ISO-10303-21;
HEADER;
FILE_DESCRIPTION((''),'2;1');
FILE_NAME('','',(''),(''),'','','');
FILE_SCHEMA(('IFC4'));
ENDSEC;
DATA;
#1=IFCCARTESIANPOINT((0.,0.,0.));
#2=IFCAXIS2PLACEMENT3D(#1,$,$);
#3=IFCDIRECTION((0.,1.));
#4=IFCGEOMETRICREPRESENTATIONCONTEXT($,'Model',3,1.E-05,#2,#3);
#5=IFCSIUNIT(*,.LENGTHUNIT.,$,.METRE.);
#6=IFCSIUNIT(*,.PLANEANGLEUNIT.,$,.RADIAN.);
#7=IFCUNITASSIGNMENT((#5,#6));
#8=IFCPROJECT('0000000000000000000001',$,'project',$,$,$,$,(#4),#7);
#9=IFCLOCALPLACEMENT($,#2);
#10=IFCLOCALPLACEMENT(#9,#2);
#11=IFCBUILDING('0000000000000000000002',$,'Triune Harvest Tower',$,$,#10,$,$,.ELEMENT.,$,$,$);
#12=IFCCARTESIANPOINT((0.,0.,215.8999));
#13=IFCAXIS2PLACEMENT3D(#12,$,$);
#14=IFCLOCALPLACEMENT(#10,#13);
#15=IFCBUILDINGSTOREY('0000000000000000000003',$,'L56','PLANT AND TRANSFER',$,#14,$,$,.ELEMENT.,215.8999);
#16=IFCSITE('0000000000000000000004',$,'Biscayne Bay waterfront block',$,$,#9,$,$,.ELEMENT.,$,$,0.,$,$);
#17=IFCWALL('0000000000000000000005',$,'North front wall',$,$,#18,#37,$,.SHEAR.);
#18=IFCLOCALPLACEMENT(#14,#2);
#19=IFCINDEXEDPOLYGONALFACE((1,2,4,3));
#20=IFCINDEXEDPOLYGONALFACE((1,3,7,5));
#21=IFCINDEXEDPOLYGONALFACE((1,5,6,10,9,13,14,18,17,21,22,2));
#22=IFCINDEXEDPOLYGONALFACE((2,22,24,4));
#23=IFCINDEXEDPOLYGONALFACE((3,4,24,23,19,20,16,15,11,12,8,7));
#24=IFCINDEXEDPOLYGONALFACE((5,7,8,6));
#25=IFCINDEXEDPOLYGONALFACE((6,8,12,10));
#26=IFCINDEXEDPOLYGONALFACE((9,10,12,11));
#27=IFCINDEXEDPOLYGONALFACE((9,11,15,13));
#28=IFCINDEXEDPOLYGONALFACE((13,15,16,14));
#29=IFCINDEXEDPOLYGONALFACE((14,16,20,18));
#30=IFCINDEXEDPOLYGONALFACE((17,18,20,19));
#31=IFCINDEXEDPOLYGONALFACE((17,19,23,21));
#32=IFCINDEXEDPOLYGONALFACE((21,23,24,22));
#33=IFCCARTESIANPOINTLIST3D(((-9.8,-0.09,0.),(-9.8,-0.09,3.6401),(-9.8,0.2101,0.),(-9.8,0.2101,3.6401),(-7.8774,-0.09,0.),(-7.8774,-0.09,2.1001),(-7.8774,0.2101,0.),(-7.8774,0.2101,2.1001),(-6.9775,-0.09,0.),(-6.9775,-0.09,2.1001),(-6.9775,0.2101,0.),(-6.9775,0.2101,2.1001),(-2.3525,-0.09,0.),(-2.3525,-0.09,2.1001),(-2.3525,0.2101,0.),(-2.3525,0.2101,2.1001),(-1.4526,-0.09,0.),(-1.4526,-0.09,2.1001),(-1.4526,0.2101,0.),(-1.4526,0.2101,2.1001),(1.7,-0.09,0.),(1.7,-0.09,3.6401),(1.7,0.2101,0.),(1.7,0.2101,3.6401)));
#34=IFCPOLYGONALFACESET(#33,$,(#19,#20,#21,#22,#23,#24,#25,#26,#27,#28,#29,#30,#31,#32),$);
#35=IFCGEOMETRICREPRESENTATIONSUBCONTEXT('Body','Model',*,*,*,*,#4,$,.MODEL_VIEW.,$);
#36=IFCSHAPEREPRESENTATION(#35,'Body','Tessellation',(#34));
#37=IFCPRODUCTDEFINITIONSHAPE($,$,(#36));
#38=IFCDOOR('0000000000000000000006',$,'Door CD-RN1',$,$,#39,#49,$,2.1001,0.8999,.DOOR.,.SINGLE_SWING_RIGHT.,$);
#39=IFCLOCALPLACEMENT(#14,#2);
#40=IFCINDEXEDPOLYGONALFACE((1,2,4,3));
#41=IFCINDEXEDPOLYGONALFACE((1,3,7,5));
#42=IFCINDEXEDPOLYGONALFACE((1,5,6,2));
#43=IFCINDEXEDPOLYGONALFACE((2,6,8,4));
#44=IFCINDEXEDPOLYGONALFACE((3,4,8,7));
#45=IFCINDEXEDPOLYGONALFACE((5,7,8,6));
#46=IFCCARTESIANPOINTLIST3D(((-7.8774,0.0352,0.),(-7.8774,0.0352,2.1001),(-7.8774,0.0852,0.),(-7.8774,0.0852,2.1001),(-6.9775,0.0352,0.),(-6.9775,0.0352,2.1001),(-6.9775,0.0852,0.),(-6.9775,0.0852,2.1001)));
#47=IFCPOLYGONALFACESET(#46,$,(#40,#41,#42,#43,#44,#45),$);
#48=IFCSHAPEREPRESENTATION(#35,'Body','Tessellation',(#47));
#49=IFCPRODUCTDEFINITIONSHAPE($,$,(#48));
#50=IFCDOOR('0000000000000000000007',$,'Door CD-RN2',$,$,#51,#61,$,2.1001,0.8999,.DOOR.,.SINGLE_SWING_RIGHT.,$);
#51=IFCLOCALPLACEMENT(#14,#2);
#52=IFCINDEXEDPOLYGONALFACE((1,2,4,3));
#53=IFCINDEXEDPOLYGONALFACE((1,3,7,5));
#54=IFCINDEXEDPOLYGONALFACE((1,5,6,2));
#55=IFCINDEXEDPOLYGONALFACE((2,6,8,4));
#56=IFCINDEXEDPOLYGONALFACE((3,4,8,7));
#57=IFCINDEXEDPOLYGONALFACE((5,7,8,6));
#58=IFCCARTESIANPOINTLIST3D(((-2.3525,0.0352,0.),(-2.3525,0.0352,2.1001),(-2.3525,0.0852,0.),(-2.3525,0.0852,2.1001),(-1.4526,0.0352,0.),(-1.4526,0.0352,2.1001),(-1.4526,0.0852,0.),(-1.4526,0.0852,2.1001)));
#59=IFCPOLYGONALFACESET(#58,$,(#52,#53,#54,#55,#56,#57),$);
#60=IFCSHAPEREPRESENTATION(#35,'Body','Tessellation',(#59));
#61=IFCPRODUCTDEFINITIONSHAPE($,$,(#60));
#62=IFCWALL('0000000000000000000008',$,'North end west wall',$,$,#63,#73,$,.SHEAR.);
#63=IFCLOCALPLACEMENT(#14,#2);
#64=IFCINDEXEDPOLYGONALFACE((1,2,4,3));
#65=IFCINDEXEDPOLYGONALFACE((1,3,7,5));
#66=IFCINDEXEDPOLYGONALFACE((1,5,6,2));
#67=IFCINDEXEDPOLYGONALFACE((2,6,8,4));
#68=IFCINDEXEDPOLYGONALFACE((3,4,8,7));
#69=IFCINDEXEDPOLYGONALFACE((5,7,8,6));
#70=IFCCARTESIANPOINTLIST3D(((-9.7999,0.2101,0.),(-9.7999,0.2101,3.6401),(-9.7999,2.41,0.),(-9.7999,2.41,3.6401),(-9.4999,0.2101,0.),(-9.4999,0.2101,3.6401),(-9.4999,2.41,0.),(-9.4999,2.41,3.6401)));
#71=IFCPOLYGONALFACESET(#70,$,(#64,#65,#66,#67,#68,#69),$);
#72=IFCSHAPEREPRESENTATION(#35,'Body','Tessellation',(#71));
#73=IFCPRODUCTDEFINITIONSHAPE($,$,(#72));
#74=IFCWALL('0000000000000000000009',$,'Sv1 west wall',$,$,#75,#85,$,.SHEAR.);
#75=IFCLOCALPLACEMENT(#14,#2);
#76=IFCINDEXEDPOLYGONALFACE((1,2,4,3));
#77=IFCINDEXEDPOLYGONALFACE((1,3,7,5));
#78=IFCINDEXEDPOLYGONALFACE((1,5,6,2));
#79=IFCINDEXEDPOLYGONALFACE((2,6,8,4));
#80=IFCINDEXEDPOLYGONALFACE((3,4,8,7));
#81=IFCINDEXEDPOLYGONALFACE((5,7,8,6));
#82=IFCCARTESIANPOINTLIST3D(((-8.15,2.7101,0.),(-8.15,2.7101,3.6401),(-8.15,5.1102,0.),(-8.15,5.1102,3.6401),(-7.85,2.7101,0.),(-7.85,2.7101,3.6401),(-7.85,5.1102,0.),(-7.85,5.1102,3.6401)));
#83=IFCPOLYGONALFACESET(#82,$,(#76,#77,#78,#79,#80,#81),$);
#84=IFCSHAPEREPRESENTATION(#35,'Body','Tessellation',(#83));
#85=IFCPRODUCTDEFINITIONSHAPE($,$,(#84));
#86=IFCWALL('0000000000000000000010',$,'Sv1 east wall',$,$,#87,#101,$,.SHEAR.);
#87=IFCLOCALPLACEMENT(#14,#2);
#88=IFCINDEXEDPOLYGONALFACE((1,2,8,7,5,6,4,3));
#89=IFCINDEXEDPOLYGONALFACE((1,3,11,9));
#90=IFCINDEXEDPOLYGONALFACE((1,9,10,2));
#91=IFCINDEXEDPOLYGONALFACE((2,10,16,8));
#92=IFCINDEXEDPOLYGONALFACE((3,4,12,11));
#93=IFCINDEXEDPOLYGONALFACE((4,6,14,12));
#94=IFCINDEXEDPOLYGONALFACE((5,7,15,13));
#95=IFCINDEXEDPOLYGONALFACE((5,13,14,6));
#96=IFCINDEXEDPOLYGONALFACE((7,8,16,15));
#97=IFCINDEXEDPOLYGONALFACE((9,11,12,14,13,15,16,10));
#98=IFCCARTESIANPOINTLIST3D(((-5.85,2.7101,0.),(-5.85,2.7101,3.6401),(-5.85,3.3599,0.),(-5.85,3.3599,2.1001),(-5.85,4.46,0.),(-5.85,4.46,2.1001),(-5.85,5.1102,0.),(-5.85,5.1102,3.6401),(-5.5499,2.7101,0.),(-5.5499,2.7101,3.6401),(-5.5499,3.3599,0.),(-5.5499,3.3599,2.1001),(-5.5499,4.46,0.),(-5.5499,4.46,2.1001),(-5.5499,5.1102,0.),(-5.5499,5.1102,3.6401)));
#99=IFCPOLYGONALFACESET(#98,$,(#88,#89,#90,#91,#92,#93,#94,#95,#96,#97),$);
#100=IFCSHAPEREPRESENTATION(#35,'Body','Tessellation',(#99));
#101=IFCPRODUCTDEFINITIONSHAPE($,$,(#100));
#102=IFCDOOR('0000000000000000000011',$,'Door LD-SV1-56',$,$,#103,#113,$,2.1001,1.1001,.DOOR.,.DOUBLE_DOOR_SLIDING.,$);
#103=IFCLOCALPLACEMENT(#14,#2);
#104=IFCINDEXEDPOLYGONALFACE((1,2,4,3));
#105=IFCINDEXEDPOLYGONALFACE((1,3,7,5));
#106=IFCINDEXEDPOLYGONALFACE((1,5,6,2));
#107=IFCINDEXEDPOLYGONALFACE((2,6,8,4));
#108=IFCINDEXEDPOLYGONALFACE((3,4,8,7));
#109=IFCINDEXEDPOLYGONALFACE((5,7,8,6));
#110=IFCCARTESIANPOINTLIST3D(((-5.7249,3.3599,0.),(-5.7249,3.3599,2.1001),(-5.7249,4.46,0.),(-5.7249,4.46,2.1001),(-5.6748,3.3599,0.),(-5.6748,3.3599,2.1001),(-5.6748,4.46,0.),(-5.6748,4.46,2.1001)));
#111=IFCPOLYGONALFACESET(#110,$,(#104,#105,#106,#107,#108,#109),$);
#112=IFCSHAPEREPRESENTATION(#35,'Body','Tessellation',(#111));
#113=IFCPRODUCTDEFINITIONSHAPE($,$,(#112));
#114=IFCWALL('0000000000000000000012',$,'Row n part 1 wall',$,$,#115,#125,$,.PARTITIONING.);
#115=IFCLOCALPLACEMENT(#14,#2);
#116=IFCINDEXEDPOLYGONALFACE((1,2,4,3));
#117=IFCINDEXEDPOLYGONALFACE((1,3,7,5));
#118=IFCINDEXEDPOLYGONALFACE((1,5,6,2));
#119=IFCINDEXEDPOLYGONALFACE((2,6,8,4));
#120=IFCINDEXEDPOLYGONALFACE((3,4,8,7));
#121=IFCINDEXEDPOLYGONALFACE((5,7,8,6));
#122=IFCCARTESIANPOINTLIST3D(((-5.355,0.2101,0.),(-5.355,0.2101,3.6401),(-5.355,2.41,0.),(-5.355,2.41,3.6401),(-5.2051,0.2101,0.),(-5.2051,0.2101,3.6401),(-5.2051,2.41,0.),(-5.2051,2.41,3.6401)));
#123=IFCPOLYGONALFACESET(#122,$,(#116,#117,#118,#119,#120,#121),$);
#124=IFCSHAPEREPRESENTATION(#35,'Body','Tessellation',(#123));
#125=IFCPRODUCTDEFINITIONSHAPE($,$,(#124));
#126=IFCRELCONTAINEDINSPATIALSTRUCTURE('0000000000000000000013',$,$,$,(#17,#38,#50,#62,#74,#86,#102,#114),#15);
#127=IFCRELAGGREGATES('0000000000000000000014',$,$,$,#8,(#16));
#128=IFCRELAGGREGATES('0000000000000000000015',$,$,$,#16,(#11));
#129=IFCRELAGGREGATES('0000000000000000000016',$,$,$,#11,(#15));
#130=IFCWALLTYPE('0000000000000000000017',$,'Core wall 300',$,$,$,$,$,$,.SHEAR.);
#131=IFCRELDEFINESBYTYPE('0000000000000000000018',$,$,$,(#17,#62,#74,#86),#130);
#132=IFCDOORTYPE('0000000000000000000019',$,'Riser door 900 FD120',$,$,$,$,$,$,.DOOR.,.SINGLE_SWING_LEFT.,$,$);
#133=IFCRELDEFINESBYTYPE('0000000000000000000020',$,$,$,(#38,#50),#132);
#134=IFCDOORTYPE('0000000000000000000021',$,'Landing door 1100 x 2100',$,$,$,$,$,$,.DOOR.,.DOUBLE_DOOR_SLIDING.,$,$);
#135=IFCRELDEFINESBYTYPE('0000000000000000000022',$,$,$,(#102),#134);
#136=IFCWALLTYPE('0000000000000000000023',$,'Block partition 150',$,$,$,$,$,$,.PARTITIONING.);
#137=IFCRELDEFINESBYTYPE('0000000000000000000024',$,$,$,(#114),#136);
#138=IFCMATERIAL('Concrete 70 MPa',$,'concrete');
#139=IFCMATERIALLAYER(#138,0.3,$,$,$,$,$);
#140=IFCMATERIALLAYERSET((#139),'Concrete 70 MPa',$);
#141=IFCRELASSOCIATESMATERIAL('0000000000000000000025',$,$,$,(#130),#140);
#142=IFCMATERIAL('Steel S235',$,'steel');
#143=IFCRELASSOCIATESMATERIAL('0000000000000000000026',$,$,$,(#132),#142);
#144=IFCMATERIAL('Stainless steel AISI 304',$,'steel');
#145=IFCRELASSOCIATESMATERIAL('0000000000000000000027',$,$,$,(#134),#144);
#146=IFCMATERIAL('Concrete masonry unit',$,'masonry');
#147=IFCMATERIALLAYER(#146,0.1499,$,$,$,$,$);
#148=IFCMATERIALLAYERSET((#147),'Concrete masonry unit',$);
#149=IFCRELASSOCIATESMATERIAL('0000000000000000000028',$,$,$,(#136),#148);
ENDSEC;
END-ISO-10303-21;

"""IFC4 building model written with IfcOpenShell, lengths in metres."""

from ifc_helpers import new_model, si_unit, direction, frame, frame_2d, origin, place, context, subcontext, project, spatial, rectangle, extrude, source, transform, mapped, material, layer, layer_set, type_object, element, fill, save


model = new_model("IFC4")

# Units and contexts
model_context = context("Model", 3, precision=1e-05, world=origin(), true_north=direction((0.0, 1.0)))
body_context = subcontext(model_context, "Body", "Model", "MODEL_VIEW")
ifc_project = project(units=[si_unit("LENGTHUNIT", "METRE"), si_unit("PLANEANGLEUNIT", "RADIAN")], contexts=[model_context])

# Site, building, storey
site_placement = place(None, origin())
site = spatial("IfcSite", under=ifc_project, at=site_placement, Name="Biscayne Bay waterfront block", CompositionType="ELEMENT", RefElevation=0.0)
building_placement = place(site_placement, origin())
building = spatial("IfcBuilding", under=site, at=building_placement, Name="Triune Harvest Tower", CompositionType="ELEMENT")
storey_placement = place(building_placement, frame((0.0, 0.0, 215.8999)))
storey = spatial("IfcBuildingStorey", under=building, at=storey_placement, Name="L56", Description="PLANT AND TRANSFER", CompositionType="ELEMENT", Elevation=215.8999)

# Wall, openings, doors
ifc_material_1 = material(Name="Concrete 70 MPa", Category="concrete")
ifc_layer_1 = layer(ifc_material_1, 0.3)
ifc_layer_set_1 = layer_set([ifc_layer_1], Name="Concrete 70 MPa")
wall_type_1 = type_object("IfcWallType", Name="Core wall 300", PredefinedType="SHEAR", material=ifc_layer_set_1)
shared_shape_1 = source(origin(), body_context, "Body", "SweptSolid", [
    extrude(rectangle(XDim=11.5, YDim=0.3, at=frame_2d((5.75, 0.0))), origin(), (0.0, 0.0, 1.0), 3.6401),
])
wall_1_placement = place(storey_placement, frame((-9.8, 0.0601, 0.0), z_axis=(0.0, 0.0, 1.0), x_axis=(1.0, 0.0, 0.0)))
wall_1 = element("IfcWall", 1, at=wall_1_placement, inside=storey, type_object=wall_type_1, Name="North front wall", PredefinedType="SHEAR", context=body_context, shape_type="MappedRepresentation", body=[
    mapped(shared_shape_1, transform((0.0, 0.0, 0.0), scale=1.0)),
])
opening_1_placement = place(wall_1_placement, frame((1.9226, 0.0, 0.0)))
opening_1 = element("IfcOpeningElement", 2, at=opening_1_placement, cuts=wall_1, PredefinedType="OPENING", context=body_context, shape_type="SweptSolid", body=[
    extrude(rectangle(XDim=0.8999, YDim=2.1001, at=frame_2d((0.45, 1.05))), frame((0.0, 0.1602, 0.0), z_axis=(0.0, -1.0, 0.0), x_axis=(1.0, 0.0, 0.0)), (0.0, 0.0, 1.0), 0.3201),
])
opening_2_placement = place(wall_1_placement, frame((7.4475, 0.0, 0.0)))
opening_2 = element("IfcOpeningElement", 3, at=opening_2_placement, cuts=wall_1, PredefinedType="OPENING", context=body_context, shape_type="SweptSolid", body=[
    extrude(rectangle(XDim=0.8999, YDim=2.1001, at=frame_2d((0.45, 1.05))), frame((0.0, 0.1602, 0.0), z_axis=(0.0, -1.0, 0.0), x_axis=(1.0, 0.0, 0.0)), (0.0, 0.0, 1.0), 0.3201),
])
ifc_material_2 = material(Name="Steel S235", Category="steel")
door_type_1 = type_object("IfcDoorType", Name="Riser door 900 FD120", OperationType="SINGLE_SWING_LEFT", PredefinedType="DOOR", material=ifc_material_2)
door_1_placement = place(opening_1_placement, frame((0.8999, 0.0, 0.0), z_axis=(0.0, 0.0, 1.0), x_axis=(-1.0, 0.0, 0.0)))
door_1 = element("IfcDoor", 4, at=door_1_placement, inside=storey, type_object=door_type_1, Name="Door CD-RN1", OperationType="SINGLE_SWING_RIGHT", OverallHeight=2.1001, OverallWidth=0.8999, PredefinedType="DOOR", context=body_context, shape_type="SweptSolid", body=[
    extrude(rectangle(XDim=0.8999, YDim=2.1001, at=frame_2d((0.45, 1.05))), frame((0.0, 0.0249, 0.0), z_axis=(0.0, -1.0, 0.0), x_axis=(1.0, 0.0, 0.0)), (0.0, 0.0, 1.0), 0.05),
])
fill(opening_1, door_1)
door_2_placement = place(opening_2_placement, frame((0.8999, 0.0, 0.0), z_axis=(0.0, 0.0, 1.0), x_axis=(-1.0, 0.0, 0.0)))
door_2 = element("IfcDoor", 5, at=door_2_placement, inside=storey, type_object=door_type_1, Name="Door CD-RN2", OperationType="SINGLE_SWING_RIGHT", OverallHeight=2.1001, OverallWidth=0.8999, PredefinedType="DOOR", context=body_context, shape_type="SweptSolid", body=[
    extrude(rectangle(XDim=0.8999, YDim=2.1001, at=frame_2d((0.45, 1.05))), frame((0.0, 0.0249, 0.0), z_axis=(0.0, -1.0, 0.0), x_axis=(1.0, 0.0, 0.0)), (0.0, 0.0, 1.0), 0.05),
])
fill(opening_2, door_2)

# Walls
shared_shape_2 = source(origin(), body_context, "Body", "SweptSolid", [
    extrude(rectangle(XDim=2.2, YDim=0.3, at=frame_2d((1.1001, 0.0))), origin(), (0.0, 0.0, 1.0), 3.6401),
])
wall_2_placement = place(storey_placement, frame((-9.6499, 0.21, 0.0), z_axis=(0.0, 0.0, 1.0), x_axis=(0.0, 1.0, 0.0)))
element("IfcWall", 6, at=wall_2_placement, inside=storey, type_object=wall_type_1, Name="North end west wall", PredefinedType="SHEAR", context=body_context, shape_type="MappedRepresentation", body=[
    mapped(shared_shape_2, transform((0.0, 0.0, 0.0), scale=1.0)),
])
shared_shape_3 = source(origin(), body_context, "Body", "SweptSolid", [
    extrude(rectangle(XDim=2.4001, YDim=0.3, at=frame_2d((1.2002, 0.0))), origin(), (0.0, 0.0, 1.0), 3.6401),
])
wall_3_placement = place(storey_placement, frame((-8.0, 2.71, 0.0), z_axis=(0.0, 0.0, 1.0), x_axis=(0.0, 1.0, 0.0)))
element("IfcWall", 7, at=wall_3_placement, inside=storey, type_object=wall_type_1, Name="Sv1 west wall", PredefinedType="SHEAR", context=body_context, shape_type="MappedRepresentation", body=[
    mapped(shared_shape_3, transform((0.0, 0.0, 0.0), scale=1.0)),
])

# Wall, opening, door
wall_4_placement = place(storey_placement, frame((-5.7, 2.71, 0.0), z_axis=(0.0, 0.0, 1.0), x_axis=(0.0, 1.0, 0.0)))
wall_4 = element("IfcWall", 8, at=wall_4_placement, inside=storey, type_object=wall_type_1, Name="Sv1 east wall", PredefinedType="SHEAR", context=body_context, shape_type="MappedRepresentation", body=[
    mapped(shared_shape_3, transform((0.0, 0.0, 0.0), scale=1.0)),
])
opening_3_placement = place(wall_4_placement, frame((0.6499, 0.0, 0.0)))
opening_3 = element("IfcOpeningElement", 9, at=opening_3_placement, cuts=wall_4, PredefinedType="OPENING", context=body_context, shape_type="SweptSolid", body=[
    extrude(rectangle(XDim=1.1001, YDim=2.1001, at=frame_2d((0.55, 1.05))), frame((0.0, 0.1602, 0.0), z_axis=(0.0, -1.0, 0.0), x_axis=(1.0, 0.0, 0.0)), (0.0, 0.0, 1.0), 0.3201),
])
ifc_material_3 = material(Name="Stainless steel AISI 304", Category="steel")
door_type_2 = type_object("IfcDoorType", Name="Landing door 1100 x 2100", OperationType="DOUBLE_DOOR_SLIDING", PredefinedType="DOOR", material=ifc_material_3)
door_3_placement = place(opening_3_placement, origin())
door_3 = element("IfcDoor", 10, at=door_3_placement, inside=storey, type_object=door_type_2, Name="Door LD-SV1-56", OperationType="DOUBLE_DOOR_SLIDING", OverallHeight=2.1001, OverallWidth=1.1001, PredefinedType="DOOR", context=body_context, shape_type="SweptSolid", body=[
    extrude(rectangle(XDim=1.1001, YDim=2.1001, at=frame_2d((0.55, 1.05))), frame((0.0, 0.0249, 0.0), z_axis=(0.0, -1.0, 0.0), x_axis=(1.0, 0.0, 0.0)), (0.0, 0.0, 1.0), 0.05),
])
fill(opening_3, door_3)

# Wall
ifc_material_4 = material(Name="Concrete masonry unit", Category="masonry")
ifc_layer_2 = layer(ifc_material_4, 0.1499)
ifc_layer_set_2 = layer_set([ifc_layer_2], Name="Concrete masonry unit")
wall_type_2 = type_object("IfcWallType", Name="Block partition 150", PredefinedType="PARTITIONING", material=ifc_layer_set_2)
shared_shape_4 = source(origin(), body_context, "Body", "SweptSolid", [
    extrude(rectangle(XDim=2.2, YDim=0.1499, at=frame_2d((1.1001, 0.0))), origin(), (0.0, 0.0, 1.0), 3.6401),
])
wall_5_placement = place(storey_placement, frame((-5.28, 0.21, 0.0), z_axis=(0.0, 0.0, 1.0), x_axis=(0.0, 1.0, 0.0)))
element("IfcWall", 11, at=wall_5_placement, inside=storey, type_object=wall_type_2, Name="Row n part 1 wall", PredefinedType="PARTITIONING", context=body_context, shape_type="MappedRepresentation", body=[
    mapped(shared_shape_4, transform((0.0, 0.0, 0.0), scale=1.0)),
])

save(model, "model.ifc")
